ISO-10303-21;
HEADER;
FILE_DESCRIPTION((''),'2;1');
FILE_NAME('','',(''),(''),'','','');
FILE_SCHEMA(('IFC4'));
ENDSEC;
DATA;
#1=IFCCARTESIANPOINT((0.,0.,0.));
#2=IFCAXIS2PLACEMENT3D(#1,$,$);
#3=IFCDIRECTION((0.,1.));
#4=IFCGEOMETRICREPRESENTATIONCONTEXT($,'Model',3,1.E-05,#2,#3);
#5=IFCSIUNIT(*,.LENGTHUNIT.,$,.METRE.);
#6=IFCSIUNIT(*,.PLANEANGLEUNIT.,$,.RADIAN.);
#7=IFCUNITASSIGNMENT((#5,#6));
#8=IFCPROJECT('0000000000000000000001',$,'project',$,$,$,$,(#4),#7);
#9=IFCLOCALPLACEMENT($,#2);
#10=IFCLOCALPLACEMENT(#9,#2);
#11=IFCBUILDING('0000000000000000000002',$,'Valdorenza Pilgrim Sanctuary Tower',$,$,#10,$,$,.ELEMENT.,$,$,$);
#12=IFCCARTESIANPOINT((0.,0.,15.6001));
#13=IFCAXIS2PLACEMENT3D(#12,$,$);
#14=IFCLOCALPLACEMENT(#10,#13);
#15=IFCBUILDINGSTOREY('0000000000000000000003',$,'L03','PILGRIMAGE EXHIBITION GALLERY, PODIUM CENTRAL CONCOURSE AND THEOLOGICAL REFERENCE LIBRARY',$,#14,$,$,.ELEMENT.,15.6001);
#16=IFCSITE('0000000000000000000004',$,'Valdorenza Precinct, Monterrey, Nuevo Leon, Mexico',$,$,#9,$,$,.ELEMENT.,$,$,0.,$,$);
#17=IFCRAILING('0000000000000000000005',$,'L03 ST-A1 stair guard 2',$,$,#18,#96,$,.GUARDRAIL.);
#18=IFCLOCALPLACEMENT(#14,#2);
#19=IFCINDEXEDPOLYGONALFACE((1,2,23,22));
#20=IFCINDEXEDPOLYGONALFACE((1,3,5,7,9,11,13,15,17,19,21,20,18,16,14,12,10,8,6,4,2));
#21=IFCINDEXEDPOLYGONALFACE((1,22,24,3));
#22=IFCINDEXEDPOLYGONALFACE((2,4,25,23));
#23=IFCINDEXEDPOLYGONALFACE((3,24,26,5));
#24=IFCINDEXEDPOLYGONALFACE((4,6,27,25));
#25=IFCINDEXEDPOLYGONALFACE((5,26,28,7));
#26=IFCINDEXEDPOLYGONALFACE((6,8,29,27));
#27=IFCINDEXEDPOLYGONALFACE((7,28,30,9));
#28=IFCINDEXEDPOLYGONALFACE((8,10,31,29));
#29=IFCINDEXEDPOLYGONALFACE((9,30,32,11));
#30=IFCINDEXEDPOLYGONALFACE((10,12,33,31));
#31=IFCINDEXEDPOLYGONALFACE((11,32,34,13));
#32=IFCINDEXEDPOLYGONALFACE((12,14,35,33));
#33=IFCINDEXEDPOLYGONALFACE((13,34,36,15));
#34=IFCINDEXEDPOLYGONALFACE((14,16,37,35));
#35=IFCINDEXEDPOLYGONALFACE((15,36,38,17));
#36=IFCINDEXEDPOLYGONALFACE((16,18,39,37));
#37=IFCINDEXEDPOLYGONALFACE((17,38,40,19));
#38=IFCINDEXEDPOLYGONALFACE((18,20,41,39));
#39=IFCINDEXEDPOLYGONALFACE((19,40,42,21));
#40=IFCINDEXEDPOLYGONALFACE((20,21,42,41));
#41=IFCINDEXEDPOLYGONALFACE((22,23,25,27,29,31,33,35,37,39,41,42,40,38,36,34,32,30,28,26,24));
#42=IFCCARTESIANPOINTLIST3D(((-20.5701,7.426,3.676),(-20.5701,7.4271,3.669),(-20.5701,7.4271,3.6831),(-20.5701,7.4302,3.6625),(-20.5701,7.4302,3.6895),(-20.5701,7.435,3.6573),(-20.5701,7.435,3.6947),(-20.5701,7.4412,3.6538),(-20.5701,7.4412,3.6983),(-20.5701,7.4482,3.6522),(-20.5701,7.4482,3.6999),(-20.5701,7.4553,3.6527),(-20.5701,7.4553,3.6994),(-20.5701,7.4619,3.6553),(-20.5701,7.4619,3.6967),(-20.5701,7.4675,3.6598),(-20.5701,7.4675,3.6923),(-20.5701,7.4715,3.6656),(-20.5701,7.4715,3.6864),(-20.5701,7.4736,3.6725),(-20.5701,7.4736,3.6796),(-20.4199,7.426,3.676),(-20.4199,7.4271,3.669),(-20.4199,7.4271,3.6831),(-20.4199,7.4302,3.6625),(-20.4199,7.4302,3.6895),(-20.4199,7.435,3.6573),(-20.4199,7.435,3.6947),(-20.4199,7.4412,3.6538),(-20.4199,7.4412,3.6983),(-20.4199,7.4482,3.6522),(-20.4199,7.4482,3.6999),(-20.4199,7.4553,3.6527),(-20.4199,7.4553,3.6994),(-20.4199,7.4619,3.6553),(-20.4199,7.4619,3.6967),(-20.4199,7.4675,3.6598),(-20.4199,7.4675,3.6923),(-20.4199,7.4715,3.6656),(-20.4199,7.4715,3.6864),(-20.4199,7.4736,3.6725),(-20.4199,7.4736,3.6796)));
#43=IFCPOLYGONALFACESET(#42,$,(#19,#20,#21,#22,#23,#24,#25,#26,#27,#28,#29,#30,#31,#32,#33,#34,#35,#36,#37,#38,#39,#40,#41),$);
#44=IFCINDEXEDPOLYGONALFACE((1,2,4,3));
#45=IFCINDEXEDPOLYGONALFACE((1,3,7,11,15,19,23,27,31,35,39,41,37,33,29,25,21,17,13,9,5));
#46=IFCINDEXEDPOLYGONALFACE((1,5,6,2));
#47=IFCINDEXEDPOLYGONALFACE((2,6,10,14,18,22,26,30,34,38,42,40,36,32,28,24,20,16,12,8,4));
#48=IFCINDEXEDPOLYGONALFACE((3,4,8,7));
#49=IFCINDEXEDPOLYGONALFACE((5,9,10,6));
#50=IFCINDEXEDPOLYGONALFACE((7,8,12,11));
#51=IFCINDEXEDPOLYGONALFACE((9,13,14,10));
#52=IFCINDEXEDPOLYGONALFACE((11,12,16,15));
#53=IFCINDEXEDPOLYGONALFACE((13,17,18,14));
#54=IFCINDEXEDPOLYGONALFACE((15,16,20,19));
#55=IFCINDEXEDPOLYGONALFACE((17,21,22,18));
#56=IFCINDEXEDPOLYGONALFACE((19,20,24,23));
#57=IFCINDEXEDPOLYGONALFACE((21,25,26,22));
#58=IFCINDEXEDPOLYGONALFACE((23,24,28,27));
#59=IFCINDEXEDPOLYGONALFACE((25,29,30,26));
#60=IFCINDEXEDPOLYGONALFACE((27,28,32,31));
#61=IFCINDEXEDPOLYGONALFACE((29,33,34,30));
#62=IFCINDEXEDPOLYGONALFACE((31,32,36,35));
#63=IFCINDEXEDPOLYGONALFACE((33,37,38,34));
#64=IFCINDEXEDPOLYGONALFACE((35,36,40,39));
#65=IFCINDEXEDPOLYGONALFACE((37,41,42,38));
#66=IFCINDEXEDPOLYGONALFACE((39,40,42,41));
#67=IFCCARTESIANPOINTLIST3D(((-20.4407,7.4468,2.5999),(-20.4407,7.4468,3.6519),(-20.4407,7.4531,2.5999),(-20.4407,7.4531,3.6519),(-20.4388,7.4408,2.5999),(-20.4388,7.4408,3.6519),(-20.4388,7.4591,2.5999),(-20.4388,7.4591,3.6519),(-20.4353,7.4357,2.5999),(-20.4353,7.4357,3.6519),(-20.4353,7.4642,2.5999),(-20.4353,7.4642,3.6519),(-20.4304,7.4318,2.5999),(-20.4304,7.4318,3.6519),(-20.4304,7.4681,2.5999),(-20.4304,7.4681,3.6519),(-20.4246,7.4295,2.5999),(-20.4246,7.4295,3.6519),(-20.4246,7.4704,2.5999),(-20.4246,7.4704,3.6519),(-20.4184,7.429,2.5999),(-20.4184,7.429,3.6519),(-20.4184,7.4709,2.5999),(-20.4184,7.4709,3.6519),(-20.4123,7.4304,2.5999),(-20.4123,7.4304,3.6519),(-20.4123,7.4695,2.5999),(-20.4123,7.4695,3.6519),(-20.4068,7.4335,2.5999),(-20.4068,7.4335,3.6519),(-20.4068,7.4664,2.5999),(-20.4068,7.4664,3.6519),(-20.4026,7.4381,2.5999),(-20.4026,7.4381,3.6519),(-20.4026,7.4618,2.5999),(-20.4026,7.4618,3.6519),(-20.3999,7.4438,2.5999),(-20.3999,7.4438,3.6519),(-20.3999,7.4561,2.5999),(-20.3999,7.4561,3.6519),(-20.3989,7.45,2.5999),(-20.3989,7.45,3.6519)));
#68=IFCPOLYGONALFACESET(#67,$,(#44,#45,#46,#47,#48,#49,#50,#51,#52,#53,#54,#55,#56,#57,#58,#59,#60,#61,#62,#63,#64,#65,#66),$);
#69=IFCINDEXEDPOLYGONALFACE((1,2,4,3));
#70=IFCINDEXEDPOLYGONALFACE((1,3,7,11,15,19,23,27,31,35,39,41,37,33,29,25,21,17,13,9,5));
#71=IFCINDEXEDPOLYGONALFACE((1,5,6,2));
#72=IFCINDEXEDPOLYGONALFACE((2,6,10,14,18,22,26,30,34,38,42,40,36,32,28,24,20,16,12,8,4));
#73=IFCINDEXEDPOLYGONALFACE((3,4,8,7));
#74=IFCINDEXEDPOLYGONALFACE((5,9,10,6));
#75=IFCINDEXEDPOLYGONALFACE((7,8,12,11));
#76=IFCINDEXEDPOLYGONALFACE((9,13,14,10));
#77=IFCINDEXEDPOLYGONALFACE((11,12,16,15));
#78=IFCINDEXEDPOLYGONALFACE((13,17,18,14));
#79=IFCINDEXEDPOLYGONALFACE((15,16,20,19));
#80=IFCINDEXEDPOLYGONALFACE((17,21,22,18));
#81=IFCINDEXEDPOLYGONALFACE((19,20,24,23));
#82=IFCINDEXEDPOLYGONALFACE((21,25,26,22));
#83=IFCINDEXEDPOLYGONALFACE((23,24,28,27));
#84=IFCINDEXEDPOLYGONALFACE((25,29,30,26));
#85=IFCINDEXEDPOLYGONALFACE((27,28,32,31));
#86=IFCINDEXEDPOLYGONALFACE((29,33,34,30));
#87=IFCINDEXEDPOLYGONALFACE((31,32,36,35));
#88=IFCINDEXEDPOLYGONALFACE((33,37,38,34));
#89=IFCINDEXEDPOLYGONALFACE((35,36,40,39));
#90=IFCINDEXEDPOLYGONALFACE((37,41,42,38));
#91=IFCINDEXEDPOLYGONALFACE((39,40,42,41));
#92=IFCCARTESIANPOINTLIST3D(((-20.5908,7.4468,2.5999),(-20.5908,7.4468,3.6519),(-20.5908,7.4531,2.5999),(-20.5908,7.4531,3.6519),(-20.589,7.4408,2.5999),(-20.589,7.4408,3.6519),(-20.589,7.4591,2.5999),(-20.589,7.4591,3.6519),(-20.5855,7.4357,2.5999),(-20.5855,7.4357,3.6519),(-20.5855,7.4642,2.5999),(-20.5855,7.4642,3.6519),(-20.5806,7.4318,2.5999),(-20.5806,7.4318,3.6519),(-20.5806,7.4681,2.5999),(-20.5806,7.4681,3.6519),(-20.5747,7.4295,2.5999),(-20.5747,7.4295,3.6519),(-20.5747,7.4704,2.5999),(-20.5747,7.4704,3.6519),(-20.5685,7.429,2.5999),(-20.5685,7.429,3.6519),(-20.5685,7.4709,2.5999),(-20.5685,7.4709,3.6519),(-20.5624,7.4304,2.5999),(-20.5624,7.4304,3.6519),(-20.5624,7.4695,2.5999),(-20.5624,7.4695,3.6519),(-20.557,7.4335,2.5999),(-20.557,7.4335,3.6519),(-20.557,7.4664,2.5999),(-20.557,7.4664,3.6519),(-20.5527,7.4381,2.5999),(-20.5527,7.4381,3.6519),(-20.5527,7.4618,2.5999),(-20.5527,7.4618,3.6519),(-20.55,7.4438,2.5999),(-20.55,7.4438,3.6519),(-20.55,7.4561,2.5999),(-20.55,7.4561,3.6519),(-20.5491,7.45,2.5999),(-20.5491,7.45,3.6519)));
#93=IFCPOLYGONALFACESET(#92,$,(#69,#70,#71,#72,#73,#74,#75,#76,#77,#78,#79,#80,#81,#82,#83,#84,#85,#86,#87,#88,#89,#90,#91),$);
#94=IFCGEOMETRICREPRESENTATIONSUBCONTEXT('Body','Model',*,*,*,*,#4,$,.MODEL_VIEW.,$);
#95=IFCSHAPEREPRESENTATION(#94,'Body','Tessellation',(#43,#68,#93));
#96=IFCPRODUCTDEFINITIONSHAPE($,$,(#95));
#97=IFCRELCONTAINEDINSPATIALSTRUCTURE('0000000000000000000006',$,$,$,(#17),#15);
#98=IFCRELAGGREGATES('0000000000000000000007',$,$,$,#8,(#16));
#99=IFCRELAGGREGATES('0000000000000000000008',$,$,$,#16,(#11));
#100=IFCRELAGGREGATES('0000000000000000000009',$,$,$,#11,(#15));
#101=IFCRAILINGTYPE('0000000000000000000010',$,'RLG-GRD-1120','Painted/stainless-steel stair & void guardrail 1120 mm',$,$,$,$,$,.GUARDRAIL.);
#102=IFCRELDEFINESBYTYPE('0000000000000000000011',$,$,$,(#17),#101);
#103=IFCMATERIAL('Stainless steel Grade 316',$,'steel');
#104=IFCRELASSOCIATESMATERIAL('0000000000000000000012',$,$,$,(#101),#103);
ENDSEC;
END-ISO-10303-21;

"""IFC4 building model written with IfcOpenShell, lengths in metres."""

from ifc_helpers import new_model, si_unit, direction, frame, origin, origin_2d, place, context, subcontext, project, spatial, circle, extrude, material, type_object, element, save


model = new_model("IFC4")

# Units and contexts
model_context = context("Model", 3, precision=1e-05, world=origin(), true_north=direction((0.0, 1.0)))
body_context = subcontext(model_context, "Body", "Model", "MODEL_VIEW")
ifc_project = project(units=[si_unit("LENGTHUNIT", "METRE"), si_unit("PLANEANGLEUNIT", "RADIAN")], contexts=[model_context])

# Site, building, storey
site_placement = place(None, origin())
site = spatial("IfcSite", under=ifc_project, at=site_placement, Name="Valdorenza Precinct, Monterrey, Nuevo Leon, Mexico", CompositionType="ELEMENT", RefElevation=0.0)
building_placement = place(site_placement, origin())
building = spatial("IfcBuilding", under=site, at=building_placement, Name="Valdorenza Pilgrim Sanctuary Tower", CompositionType="ELEMENT")
storey_placement = place(building_placement, frame((0.0, 0.0, 15.6001)))
storey = spatial("IfcBuildingStorey", under=building, at=storey_placement, Name="L03", Description="PILGRIMAGE EXHIBITION GALLERY, PODIUM CENTRAL CONCOURSE AND THEOLOGICAL REFERENCE LIBRARY", CompositionType="ELEMENT", Elevation=15.6001)

# Railing
ifc_material_1 = material(Name="Stainless steel Grade 316", Category="steel")
railing_type = type_object("IfcRailingType", Name="RLG-GRD-1120", Description="Painted/stainless-steel stair & void guardrail 1120 mm", PredefinedType="GUARDRAIL", material=ifc_material_1)
railing_placement = place(storey_placement, frame((-20.4199, 7.45, 2.5999)))
element("IfcRailing", 1, at=railing_placement, inside=storey, type_object=railing_type, Name="L03 ST-A1 stair guard 2", PredefinedType="GUARDRAIL", context=body_context, shape_type="SweptSolid", body=[
    extrude(circle(Radius=0.0239, at=origin_2d()), frame((0.0, 0.0, 1.0762), z_axis=(-1.0, 0.0, 0.0), x_axis=(0.0, -1.0, 0.0)), (0.0, 0.0, 1.0), 0.1501),
    extrude(circle(Radius=0.021, at=origin_2d()), origin(), (0.0, 0.0, 1.0), 1.052),
    extrude(circle(Radius=0.021, at=origin_2d()), frame((-0.1501, 0.0, 0.0)), (0.0, 0.0, 1.0), 1.052),
])

save(model, "model.ifc")
